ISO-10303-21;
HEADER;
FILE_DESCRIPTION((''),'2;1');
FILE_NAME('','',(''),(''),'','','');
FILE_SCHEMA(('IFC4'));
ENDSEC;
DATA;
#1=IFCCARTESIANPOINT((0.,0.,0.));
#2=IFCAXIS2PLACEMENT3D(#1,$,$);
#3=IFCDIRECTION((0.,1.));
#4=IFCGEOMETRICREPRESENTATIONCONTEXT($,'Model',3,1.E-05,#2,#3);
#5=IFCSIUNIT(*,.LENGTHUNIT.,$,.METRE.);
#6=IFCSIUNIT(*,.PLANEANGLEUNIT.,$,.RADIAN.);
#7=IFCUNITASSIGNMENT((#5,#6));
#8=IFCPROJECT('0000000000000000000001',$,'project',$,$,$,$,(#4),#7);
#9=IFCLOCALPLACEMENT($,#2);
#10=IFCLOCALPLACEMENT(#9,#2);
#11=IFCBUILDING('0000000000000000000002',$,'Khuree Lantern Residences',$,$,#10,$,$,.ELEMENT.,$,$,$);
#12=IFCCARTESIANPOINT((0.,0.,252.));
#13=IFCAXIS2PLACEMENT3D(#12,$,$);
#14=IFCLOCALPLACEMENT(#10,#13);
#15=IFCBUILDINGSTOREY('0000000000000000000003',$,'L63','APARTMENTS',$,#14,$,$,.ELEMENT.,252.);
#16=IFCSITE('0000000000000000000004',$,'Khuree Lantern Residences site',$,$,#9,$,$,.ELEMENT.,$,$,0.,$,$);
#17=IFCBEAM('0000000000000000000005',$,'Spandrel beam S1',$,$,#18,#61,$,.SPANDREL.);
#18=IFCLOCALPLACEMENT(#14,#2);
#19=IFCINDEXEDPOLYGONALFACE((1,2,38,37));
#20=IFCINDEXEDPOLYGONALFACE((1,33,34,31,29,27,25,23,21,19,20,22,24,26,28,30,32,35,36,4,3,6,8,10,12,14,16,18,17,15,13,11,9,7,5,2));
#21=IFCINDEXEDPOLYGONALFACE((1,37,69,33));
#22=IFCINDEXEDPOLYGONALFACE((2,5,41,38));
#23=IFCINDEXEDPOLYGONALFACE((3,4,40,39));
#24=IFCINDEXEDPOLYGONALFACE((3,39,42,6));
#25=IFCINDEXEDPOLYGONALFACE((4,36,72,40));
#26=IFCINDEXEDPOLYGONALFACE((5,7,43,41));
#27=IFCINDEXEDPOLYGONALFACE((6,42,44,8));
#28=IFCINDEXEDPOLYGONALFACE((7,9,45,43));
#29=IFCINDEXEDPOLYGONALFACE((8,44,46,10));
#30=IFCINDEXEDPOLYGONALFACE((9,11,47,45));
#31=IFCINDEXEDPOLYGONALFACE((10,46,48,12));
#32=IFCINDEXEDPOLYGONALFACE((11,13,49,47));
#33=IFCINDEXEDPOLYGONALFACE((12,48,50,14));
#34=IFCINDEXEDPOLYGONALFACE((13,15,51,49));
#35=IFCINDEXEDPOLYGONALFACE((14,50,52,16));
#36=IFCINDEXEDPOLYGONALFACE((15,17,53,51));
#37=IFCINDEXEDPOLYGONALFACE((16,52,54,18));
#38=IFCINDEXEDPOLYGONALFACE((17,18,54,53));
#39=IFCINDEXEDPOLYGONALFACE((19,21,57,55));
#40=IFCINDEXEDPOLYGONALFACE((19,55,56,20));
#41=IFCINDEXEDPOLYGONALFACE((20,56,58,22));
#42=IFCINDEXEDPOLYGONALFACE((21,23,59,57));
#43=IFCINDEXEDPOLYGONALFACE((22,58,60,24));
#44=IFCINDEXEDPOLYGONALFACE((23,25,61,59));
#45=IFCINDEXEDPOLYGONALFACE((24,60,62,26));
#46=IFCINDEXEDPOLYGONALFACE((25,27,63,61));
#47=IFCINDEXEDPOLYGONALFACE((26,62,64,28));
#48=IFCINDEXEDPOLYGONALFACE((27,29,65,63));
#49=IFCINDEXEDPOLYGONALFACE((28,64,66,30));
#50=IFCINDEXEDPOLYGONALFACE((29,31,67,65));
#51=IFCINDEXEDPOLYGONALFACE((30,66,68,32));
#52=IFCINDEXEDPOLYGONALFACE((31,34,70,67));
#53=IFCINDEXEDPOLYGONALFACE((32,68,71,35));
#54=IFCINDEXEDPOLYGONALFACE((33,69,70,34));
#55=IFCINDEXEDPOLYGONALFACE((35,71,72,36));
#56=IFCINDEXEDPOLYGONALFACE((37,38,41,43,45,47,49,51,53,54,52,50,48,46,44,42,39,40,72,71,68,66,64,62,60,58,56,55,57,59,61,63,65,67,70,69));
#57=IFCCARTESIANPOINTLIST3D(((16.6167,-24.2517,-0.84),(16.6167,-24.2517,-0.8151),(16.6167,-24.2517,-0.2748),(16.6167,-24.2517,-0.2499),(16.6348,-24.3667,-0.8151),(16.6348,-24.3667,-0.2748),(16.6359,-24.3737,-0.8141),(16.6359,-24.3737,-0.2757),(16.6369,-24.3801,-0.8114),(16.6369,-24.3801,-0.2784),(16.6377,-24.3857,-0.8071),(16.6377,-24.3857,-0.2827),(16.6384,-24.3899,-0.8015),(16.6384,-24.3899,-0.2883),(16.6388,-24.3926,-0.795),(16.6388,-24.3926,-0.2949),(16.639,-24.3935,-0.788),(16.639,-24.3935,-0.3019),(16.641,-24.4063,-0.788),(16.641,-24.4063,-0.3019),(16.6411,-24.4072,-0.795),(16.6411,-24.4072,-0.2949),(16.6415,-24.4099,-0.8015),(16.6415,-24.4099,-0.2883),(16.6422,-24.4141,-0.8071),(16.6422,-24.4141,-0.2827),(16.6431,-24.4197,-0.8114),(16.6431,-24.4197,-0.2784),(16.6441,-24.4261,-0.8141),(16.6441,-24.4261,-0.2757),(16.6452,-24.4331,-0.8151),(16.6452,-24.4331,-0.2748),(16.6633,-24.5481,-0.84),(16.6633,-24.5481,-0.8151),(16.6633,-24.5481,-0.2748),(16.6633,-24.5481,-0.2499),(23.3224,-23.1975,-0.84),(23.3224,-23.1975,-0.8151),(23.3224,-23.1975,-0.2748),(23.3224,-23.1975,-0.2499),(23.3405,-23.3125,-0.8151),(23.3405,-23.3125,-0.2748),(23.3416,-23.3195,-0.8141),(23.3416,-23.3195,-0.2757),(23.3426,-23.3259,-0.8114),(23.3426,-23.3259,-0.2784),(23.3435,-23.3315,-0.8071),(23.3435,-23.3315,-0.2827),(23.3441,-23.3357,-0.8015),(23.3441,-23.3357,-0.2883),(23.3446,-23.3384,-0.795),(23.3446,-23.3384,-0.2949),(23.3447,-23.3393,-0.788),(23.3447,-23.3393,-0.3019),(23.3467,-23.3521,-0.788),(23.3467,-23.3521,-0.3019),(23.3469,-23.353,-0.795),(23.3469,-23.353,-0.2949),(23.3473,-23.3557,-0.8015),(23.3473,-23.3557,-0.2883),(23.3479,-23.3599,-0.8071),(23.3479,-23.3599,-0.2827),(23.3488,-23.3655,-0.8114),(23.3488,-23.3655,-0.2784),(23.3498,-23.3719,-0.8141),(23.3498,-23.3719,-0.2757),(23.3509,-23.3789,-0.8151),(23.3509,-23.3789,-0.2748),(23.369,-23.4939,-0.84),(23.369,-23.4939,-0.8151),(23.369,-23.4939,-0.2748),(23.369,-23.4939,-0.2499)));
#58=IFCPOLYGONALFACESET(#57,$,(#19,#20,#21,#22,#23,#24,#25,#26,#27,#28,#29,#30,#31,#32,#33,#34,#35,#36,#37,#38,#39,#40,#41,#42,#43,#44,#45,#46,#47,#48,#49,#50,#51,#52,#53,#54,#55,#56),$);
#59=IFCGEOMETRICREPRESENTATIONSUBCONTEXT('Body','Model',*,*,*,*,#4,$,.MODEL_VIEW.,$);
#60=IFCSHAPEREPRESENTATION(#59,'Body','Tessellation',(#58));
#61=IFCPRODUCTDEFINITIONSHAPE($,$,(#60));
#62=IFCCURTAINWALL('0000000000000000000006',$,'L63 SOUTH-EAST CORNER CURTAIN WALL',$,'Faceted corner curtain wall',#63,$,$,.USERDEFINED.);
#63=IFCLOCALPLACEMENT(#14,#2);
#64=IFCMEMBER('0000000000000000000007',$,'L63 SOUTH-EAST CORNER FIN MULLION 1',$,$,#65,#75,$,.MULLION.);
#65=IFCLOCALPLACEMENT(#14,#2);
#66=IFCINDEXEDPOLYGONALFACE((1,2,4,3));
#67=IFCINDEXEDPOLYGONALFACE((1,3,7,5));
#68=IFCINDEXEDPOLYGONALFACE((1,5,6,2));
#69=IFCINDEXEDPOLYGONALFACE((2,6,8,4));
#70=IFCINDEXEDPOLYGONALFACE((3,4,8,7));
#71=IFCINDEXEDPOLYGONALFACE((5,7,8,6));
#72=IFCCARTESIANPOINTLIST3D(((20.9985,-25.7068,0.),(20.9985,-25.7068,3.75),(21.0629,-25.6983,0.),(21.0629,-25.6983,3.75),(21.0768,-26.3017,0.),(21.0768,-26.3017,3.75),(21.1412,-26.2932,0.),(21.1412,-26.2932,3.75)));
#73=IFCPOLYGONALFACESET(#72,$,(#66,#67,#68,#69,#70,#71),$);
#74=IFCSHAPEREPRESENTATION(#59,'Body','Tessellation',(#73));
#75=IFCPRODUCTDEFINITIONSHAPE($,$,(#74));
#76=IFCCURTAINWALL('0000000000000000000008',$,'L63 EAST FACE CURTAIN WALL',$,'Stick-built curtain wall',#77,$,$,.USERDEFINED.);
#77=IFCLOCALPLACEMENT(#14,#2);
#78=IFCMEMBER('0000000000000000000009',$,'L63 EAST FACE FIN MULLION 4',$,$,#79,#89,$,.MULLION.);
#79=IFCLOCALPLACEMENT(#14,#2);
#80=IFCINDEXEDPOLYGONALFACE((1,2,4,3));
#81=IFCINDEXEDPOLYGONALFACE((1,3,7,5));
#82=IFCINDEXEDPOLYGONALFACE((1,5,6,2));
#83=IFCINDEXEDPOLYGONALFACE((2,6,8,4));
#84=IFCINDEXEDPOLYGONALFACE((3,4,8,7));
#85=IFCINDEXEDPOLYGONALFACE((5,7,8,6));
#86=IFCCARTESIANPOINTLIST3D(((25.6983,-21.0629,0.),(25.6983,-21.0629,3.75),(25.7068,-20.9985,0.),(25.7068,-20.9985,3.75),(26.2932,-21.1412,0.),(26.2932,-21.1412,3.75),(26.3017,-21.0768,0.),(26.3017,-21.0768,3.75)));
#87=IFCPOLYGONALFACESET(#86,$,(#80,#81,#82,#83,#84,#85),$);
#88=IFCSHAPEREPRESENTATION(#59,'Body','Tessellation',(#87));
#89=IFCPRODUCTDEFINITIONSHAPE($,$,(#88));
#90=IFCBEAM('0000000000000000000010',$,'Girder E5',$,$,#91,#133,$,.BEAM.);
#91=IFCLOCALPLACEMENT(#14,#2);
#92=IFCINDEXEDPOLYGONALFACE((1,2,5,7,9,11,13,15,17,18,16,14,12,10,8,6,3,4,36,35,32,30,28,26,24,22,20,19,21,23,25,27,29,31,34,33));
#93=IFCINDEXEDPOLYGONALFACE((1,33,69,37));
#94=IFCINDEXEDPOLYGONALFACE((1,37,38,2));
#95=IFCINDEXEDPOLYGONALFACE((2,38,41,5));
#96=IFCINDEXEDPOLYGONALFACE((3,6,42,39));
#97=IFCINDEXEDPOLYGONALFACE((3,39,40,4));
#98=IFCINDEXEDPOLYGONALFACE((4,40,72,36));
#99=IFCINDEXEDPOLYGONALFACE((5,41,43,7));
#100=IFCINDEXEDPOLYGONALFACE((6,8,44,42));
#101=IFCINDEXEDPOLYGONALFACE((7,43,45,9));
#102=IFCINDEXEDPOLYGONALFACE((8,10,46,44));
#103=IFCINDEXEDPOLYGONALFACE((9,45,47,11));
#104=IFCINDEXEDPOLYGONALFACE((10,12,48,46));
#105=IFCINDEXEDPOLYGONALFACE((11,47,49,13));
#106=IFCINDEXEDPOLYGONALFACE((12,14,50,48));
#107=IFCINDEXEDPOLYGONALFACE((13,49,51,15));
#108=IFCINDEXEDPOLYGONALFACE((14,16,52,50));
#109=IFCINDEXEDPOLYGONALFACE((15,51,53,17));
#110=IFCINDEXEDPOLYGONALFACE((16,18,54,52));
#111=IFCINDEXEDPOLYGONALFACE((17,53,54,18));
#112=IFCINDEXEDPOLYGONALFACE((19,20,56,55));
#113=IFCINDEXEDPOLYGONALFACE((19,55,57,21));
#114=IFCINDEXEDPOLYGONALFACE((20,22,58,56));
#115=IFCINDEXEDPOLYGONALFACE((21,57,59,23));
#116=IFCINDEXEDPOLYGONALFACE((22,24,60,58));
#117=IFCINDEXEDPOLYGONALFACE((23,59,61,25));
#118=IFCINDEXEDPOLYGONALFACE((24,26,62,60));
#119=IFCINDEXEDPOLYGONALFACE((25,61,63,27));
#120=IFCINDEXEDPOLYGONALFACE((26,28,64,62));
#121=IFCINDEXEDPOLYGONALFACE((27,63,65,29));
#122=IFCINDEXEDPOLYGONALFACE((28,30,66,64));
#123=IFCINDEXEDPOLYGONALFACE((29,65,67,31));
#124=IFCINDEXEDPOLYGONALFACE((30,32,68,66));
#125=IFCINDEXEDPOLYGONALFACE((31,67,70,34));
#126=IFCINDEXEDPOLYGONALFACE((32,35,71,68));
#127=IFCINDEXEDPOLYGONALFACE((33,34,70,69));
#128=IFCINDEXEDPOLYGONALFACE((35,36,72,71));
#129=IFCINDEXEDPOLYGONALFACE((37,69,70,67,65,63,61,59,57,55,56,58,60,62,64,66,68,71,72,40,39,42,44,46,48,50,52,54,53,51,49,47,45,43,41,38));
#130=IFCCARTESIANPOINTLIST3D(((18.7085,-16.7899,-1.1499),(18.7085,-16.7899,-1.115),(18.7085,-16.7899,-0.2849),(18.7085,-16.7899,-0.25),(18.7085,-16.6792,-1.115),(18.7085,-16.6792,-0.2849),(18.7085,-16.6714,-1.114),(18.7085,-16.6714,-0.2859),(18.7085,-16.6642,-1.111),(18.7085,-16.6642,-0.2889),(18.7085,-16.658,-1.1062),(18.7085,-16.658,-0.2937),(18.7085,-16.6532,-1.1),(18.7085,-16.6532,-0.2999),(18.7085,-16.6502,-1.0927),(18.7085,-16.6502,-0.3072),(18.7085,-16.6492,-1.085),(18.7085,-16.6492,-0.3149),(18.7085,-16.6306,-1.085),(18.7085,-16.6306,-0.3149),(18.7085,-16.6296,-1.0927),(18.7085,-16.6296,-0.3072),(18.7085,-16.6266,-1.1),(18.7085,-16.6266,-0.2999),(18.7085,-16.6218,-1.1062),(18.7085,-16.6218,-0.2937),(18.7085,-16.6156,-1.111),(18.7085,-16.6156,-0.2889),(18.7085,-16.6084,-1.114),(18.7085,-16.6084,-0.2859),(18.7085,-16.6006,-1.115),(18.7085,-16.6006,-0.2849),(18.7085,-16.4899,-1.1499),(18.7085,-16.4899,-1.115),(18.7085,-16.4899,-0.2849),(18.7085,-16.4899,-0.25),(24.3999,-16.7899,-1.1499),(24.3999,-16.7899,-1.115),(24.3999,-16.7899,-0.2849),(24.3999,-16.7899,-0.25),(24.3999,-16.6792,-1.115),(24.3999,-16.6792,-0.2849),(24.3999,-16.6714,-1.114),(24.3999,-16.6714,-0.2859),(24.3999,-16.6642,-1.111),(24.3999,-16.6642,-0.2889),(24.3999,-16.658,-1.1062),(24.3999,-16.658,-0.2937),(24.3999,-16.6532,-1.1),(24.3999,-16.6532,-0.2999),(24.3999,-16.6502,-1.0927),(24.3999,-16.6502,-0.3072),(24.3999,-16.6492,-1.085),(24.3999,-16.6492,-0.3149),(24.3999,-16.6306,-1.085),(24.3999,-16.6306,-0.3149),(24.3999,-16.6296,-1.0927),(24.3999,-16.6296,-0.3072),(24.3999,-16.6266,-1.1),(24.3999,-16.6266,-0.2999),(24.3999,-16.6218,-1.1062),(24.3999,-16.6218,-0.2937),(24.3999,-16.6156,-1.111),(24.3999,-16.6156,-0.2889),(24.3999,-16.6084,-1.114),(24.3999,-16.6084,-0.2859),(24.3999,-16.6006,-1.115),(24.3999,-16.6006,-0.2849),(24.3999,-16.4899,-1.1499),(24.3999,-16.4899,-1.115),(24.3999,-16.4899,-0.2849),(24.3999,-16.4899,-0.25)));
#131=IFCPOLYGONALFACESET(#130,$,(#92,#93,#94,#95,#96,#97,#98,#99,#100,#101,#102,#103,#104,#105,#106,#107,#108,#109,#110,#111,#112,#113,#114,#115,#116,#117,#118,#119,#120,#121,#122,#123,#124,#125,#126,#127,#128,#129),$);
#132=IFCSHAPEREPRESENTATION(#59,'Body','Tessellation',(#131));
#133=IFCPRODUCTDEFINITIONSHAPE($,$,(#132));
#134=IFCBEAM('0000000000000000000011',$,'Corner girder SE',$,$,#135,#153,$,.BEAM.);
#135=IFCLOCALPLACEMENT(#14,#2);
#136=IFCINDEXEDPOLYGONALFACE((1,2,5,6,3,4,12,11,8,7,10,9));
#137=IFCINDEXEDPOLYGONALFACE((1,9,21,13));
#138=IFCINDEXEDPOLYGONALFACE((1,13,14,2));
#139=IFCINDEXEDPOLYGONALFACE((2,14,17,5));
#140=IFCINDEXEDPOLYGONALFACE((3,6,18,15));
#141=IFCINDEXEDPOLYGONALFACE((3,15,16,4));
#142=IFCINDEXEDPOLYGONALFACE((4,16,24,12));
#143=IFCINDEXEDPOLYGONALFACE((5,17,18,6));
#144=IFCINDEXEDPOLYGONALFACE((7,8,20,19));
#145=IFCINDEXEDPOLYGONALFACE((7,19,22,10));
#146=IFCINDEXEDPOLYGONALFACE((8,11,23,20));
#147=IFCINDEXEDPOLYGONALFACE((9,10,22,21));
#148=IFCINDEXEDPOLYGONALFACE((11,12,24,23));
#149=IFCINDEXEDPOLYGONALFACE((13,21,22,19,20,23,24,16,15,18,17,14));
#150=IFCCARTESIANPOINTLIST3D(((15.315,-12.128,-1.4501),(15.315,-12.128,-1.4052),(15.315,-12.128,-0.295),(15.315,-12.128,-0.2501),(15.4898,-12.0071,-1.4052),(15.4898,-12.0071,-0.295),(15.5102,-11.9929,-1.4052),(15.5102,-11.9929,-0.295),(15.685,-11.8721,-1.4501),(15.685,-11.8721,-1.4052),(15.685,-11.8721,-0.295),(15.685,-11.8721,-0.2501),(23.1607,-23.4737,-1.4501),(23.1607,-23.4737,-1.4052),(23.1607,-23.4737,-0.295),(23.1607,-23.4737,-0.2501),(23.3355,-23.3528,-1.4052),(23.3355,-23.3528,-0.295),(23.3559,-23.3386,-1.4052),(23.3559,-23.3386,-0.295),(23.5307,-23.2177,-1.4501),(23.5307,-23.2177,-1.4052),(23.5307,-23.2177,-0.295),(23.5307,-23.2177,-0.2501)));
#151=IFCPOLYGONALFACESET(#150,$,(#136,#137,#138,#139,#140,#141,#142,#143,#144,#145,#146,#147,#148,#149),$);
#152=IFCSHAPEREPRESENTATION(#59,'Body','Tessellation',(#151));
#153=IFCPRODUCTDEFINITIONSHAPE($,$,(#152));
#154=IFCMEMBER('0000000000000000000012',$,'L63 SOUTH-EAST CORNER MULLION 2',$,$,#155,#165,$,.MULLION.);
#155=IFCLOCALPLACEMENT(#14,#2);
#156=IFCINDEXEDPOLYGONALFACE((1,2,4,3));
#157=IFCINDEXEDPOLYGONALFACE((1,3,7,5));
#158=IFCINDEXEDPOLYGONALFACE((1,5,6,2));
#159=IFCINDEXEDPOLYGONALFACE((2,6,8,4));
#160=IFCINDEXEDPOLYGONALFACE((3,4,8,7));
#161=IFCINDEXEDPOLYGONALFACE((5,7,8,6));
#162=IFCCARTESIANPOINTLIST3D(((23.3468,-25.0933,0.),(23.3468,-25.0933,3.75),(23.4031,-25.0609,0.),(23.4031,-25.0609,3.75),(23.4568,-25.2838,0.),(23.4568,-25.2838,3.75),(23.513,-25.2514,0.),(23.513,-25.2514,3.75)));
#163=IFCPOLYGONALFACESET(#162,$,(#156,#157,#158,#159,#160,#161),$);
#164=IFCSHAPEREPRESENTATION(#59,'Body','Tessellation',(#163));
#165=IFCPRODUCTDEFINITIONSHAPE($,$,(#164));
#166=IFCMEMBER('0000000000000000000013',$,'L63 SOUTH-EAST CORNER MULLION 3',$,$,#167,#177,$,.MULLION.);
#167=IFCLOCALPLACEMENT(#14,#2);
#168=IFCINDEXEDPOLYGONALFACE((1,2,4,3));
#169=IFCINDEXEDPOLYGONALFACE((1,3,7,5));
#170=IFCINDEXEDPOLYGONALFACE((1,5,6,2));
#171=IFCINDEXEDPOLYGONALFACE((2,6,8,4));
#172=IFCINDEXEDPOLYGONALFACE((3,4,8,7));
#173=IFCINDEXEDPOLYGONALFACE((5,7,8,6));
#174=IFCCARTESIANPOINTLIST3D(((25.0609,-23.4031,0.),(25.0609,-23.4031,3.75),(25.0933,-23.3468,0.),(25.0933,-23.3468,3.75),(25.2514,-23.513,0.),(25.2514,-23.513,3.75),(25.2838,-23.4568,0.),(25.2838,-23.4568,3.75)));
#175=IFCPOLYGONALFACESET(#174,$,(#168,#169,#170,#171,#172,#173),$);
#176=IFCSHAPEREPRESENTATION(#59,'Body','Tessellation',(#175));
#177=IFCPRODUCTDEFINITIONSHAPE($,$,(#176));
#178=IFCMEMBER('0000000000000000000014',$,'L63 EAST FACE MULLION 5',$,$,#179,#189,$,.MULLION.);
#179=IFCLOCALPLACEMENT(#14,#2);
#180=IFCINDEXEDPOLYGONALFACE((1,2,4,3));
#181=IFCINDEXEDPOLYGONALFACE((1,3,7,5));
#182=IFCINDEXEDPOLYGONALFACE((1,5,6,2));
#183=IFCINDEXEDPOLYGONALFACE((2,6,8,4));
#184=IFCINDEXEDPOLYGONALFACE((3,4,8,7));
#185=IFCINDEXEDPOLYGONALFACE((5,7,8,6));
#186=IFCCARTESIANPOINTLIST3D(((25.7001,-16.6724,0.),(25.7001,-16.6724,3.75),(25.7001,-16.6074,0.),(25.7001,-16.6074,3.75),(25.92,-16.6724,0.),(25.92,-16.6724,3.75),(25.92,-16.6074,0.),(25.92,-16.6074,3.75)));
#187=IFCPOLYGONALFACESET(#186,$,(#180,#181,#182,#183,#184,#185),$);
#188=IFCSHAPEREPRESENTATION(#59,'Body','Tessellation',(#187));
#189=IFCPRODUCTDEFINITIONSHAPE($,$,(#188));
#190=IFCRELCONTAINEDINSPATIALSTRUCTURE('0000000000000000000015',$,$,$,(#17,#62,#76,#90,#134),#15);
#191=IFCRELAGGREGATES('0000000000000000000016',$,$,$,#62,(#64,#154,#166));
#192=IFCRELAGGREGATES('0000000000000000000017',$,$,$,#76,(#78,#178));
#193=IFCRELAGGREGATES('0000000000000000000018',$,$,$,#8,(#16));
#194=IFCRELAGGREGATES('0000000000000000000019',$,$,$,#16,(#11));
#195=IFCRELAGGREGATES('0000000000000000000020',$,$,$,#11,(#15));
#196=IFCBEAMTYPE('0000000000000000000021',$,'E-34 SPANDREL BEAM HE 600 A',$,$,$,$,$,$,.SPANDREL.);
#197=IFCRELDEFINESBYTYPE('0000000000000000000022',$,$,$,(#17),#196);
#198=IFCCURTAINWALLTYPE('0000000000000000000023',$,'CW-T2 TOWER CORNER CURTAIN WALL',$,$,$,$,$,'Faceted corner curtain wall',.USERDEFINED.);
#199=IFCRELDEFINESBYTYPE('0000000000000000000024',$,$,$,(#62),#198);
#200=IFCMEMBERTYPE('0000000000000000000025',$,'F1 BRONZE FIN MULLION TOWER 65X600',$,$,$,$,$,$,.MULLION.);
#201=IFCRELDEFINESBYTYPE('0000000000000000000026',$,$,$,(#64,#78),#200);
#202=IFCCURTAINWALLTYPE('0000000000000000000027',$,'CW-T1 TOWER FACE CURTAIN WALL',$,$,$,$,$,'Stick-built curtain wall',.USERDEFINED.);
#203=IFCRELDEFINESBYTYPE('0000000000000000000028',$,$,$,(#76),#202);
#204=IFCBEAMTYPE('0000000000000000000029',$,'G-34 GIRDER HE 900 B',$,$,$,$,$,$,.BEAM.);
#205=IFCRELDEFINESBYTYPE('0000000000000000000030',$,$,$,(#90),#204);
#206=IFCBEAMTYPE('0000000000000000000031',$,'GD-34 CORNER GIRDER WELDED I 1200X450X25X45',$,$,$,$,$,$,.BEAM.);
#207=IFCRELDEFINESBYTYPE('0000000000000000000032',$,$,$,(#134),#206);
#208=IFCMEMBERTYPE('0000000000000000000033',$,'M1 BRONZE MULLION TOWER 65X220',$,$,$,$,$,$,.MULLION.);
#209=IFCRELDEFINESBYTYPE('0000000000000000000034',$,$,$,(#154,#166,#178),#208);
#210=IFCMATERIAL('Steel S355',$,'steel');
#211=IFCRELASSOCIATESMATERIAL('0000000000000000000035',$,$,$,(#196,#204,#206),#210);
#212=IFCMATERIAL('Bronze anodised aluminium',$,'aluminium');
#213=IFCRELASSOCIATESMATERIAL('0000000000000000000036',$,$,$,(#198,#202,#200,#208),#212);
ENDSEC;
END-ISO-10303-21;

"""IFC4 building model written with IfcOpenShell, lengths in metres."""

from ifc_helpers import new_model, si_unit, direction, frame, origin, origin_2d, place, context, subcontext, project, spatial, rectangle, i_section, extrude, material, material_profile, profile_set, type_object, element, aggregate, save


model = new_model("IFC4")

# Units and contexts
model_context = context("Model", 3, precision=1e-05, world=origin(), true_north=direction((0.0, 1.0)))
body_context = subcontext(model_context, "Body", "Model", "MODEL_VIEW")
ifc_project = project(units=[si_unit("LENGTHUNIT", "METRE"), si_unit("PLANEANGLEUNIT", "RADIAN")], contexts=[model_context])

# Site, building, storey
site_placement = place(None, origin())
site = spatial("IfcSite", under=ifc_project, at=site_placement, Name="Khuree Lantern Residences site", CompositionType="ELEMENT", RefElevation=0.0)
building_placement = place(site_placement, origin())
building = spatial("IfcBuilding", under=site, at=building_placement, Name="Khuree Lantern Residences", CompositionType="ELEMENT")
storey_placement = place(building_placement, frame((0.0, 0.0, 252.0)))
storey = spatial("IfcBuildingStorey", under=building, at=storey_placement, Name="L63", Description="APARTMENTS", CompositionType="ELEMENT", Elevation=252.0)

# Beam
ifc_material_1 = material(Name="Steel S355", Category="steel")
ifc_material_profile_1 = material_profile(ifc_material_1, i_section(OverallWidth=0.3, OverallDepth=0.5901, WebThickness=0.0129, FlangeThickness=0.0249, FilletRadius=0.0271, at=origin_2d()), Name="HE 600 A")
ifc_profile_set_1 = profile_set([ifc_material_profile_1], Name="Steel S355")
beam_type_1 = type_object("IfcBeamType", Name="E-34 SPANDREL BEAM HE 600 A", PredefinedType="SPANDREL", material=ifc_profile_set_1)
for number, where, z_axis, x_axis, name in (
    (1, (23.3457, -23.3457, -0.5449), (-0.987867, -0.1553, 0.0), (0.1553, -0.987867, 0.0), "Spandrel beam S1"),
):
    element("IfcBeam", number, at=place(storey_placement, frame(where, z_axis=z_axis, x_axis=x_axis)), inside=storey, type_object=beam_type_1, Name=name, PredefinedType="SPANDREL", context=body_context, shape_type="SweptSolid", body=[
        extrude(i_section(OverallWidth=0.3, OverallDepth=0.5901, WebThickness=0.0129, FlangeThickness=0.0249, FilletRadius=0.0271, at=origin_2d()), origin(), (0.0, 0.0, 1.0), 6.7881),
    ])

# Curtain walls, members
ifc_material_2 = material(Name="Bronze anodised aluminium", Category="aluminium")
curtain_wall_type_1 = type_object("IfcCurtainWallType", Name="CW-T2 TOWER CORNER CURTAIN WALL", ElementType="Faceted corner curtain wall", PredefinedType="USERDEFINED", material=ifc_material_2)
curtain_wall_1_placement = place(storey_placement, origin())
curtain_wall_1 = element("IfcCurtainWall", 2, at=curtain_wall_1_placement, inside=storey, type_object=curtain_wall_type_1, Name="L63 SOUTH-EAST CORNER CURTAIN WALL", ObjectType="Faceted corner curtain wall", PredefinedType="USERDEFINED")
ifc_material_profile_2 = material_profile(ifc_material_2, rectangle(XDim=0.0649, YDim=0.6001, at=origin_2d()), Name="F1 65X600")
ifc_profile_set_2 = profile_set([ifc_material_profile_2], Name="Bronze anodised aluminium")
member_type_1 = type_object("IfcMemberType", Name="F1 BRONZE FIN MULLION TOWER 65X600", PredefinedType="MULLION", material=ifc_profile_set_2)
member_1_placement = place(storey_placement, frame((21.0698, -26.0, 0.0), z_axis=(0.0, 0.0, 1.0), x_axis=(0.991445, 0.130526, 0.0)))
member_1 = element("IfcMember", 3, at=member_1_placement, type_object=member_type_1, Name="L63 SOUTH-EAST CORNER FIN MULLION 1", PredefinedType="MULLION", context=body_context, shape_type="SweptSolid", body=[
    extrude(rectangle(XDim=0.0649, YDim=0.6001, at=origin_2d()), origin(), (0.0, 0.0, 1.0), 3.75),
])
curtain_wall_type_2 = type_object("IfcCurtainWallType", Name="CW-T1 TOWER FACE CURTAIN WALL", ElementType="Stick-built curtain wall", PredefinedType="USERDEFINED", material=ifc_material_2)
curtain_wall_2_placement = place(storey_placement, origin())
curtain_wall_2 = element("IfcCurtainWall", 4, at=curtain_wall_2_placement, inside=storey, type_object=curtain_wall_type_2, Name="L63 EAST FACE CURTAIN WALL", ObjectType="Stick-built curtain wall", PredefinedType="USERDEFINED")
member_2_placement = place(storey_placement, frame((26.0, -21.0698, 0.0), z_axis=(0.0, 0.0, 1.0), x_axis=(0.130526, 0.991445, 0.0)))
member_2 = element("IfcMember", 5, at=member_2_placement, type_object=member_type_1, Name="L63 EAST FACE FIN MULLION 4", PredefinedType="MULLION", context=body_context, shape_type="SweptSolid", body=[
    extrude(rectangle(XDim=0.0649, YDim=0.6001, at=origin_2d()), origin(), (0.0, 0.0, 1.0), 3.75),
])

# Beams
ifc_material_profile_3 = material_profile(ifc_material_1, i_section(OverallWidth=0.3, OverallDepth=0.8999, WebThickness=0.0186, FlangeThickness=0.0349, FilletRadius=0.03, at=origin_2d()), Name="HE 900 B")
ifc_profile_set_3 = profile_set([ifc_material_profile_3], Name="Steel S355")
beam_type_2 = type_object("IfcBeamType", Name="G-34 GIRDER HE 900 B", PredefinedType="BEAM", material=ifc_profile_set_3)
beam_1_placement = place(storey_placement, frame((24.3999, -16.6399, -0.7), z_axis=(-1.0, 0.0, 0.0), x_axis=(0.0, -1.0, 0.0)))
element("IfcBeam", 6, at=beam_1_placement, inside=storey, type_object=beam_type_2, Name="Girder E5", PredefinedType="BEAM", context=body_context, shape_type="SweptSolid", body=[
    extrude(i_section(OverallWidth=0.3, OverallDepth=0.8999, WebThickness=0.0186, FlangeThickness=0.0349, FilletRadius=0.03, at=origin_2d()), origin(), (0.0, 0.0, 1.0), 5.6914),
])
ifc_material_profile_4 = material_profile(ifc_material_1, i_section(OverallWidth=0.45, OverallDepth=1.2, WebThickness=0.0249, FlangeThickness=0.0449, at=origin_2d()), Name="WELDED I 1200X450X25X45")
ifc_profile_set_4 = profile_set([ifc_material_profile_4], Name="Steel S355")
beam_type_3 = type_object("IfcBeamType", Name="GD-34 CORNER GIRDER WELDED I 1200X450X25X45", PredefinedType="BEAM", material=ifc_profile_set_4)
beam_2_placement = place(storey_placement, frame((23.3457, -23.3457, -0.8501), z_axis=(-0.568768, 0.822498, 0.0), x_axis=(-0.822498, -0.568768, 0.0)))
element("IfcBeam", 7, at=beam_2_placement, inside=storey, type_object=beam_type_3, Name="Corner girder SE", PredefinedType="BEAM", context=body_context, shape_type="SweptSolid", body=[
    extrude(i_section(OverallWidth=0.45, OverallDepth=1.2, WebThickness=0.0249, FlangeThickness=0.0449, at=origin_2d()), origin(), (0.0, 0.0, 1.0), 13.7942),
])

# Members
ifc_material_profile_5 = material_profile(ifc_material_2, rectangle(XDim=0.0649, YDim=0.22, at=origin_2d()), Name="M1 65X220")
ifc_profile_set_5 = profile_set([ifc_material_profile_5], Name="Bronze anodised aluminium")
member_type_2 = type_object("IfcMemberType", Name="M1 BRONZE MULLION TOWER 65X220", PredefinedType="MULLION", material=ifc_profile_set_5)
member_3_placement = place(storey_placement, frame((23.4299, -25.1724, 0.0), z_axis=(0.0, 0.0, 1.0), x_axis=(0.866025, 0.5, 0.0)))
member_3 = element("IfcMember", 8, at=member_3_placement, type_object=member_type_2, Name="L63 SOUTH-EAST CORNER MULLION 2", PredefinedType="MULLION", context=body_context, shape_type="SweptSolid", body=[
    extrude(rectangle(XDim=0.0649, YDim=0.22, at=origin_2d()), origin(), (0.0, 0.0, 1.0), 3.75),
])
member_4_placement = place(storey_placement, frame((25.1724, -23.4299, 0.0), z_axis=(0.0, 0.0, 1.0), x_axis=(0.5, 0.866025, 0.0)))
member_4 = element("IfcMember", 9, at=member_4_placement, type_object=member_type_2, Name="L63 SOUTH-EAST CORNER MULLION 3", PredefinedType="MULLION", context=body_context, shape_type="SweptSolid", body=[
    extrude(rectangle(XDim=0.0649, YDim=0.22, at=origin_2d()), origin(), (0.0, 0.0, 1.0), 3.75),
])
member_5_placement = place(storey_placement, frame((25.8101, -16.6399, 0.0), z_axis=(0.0, 0.0, 1.0), x_axis=(0.0, 1.0, 0.0)))
member_5 = element("IfcMember", 10, at=member_5_placement, type_object=member_type_2, Name="L63 EAST FACE MULLION 5", PredefinedType="MULLION", context=body_context, shape_type="SweptSolid", body=[
    extrude(rectangle(XDim=0.0649, YDim=0.22, at=origin_2d()), origin(), (0.0, 0.0, 1.0), 3.75),
])

aggregate(curtain_wall_1, [member_1, member_3, member_4])
aggregate(curtain_wall_2, [member_2, member_5])

save(model, "model.ifc")
